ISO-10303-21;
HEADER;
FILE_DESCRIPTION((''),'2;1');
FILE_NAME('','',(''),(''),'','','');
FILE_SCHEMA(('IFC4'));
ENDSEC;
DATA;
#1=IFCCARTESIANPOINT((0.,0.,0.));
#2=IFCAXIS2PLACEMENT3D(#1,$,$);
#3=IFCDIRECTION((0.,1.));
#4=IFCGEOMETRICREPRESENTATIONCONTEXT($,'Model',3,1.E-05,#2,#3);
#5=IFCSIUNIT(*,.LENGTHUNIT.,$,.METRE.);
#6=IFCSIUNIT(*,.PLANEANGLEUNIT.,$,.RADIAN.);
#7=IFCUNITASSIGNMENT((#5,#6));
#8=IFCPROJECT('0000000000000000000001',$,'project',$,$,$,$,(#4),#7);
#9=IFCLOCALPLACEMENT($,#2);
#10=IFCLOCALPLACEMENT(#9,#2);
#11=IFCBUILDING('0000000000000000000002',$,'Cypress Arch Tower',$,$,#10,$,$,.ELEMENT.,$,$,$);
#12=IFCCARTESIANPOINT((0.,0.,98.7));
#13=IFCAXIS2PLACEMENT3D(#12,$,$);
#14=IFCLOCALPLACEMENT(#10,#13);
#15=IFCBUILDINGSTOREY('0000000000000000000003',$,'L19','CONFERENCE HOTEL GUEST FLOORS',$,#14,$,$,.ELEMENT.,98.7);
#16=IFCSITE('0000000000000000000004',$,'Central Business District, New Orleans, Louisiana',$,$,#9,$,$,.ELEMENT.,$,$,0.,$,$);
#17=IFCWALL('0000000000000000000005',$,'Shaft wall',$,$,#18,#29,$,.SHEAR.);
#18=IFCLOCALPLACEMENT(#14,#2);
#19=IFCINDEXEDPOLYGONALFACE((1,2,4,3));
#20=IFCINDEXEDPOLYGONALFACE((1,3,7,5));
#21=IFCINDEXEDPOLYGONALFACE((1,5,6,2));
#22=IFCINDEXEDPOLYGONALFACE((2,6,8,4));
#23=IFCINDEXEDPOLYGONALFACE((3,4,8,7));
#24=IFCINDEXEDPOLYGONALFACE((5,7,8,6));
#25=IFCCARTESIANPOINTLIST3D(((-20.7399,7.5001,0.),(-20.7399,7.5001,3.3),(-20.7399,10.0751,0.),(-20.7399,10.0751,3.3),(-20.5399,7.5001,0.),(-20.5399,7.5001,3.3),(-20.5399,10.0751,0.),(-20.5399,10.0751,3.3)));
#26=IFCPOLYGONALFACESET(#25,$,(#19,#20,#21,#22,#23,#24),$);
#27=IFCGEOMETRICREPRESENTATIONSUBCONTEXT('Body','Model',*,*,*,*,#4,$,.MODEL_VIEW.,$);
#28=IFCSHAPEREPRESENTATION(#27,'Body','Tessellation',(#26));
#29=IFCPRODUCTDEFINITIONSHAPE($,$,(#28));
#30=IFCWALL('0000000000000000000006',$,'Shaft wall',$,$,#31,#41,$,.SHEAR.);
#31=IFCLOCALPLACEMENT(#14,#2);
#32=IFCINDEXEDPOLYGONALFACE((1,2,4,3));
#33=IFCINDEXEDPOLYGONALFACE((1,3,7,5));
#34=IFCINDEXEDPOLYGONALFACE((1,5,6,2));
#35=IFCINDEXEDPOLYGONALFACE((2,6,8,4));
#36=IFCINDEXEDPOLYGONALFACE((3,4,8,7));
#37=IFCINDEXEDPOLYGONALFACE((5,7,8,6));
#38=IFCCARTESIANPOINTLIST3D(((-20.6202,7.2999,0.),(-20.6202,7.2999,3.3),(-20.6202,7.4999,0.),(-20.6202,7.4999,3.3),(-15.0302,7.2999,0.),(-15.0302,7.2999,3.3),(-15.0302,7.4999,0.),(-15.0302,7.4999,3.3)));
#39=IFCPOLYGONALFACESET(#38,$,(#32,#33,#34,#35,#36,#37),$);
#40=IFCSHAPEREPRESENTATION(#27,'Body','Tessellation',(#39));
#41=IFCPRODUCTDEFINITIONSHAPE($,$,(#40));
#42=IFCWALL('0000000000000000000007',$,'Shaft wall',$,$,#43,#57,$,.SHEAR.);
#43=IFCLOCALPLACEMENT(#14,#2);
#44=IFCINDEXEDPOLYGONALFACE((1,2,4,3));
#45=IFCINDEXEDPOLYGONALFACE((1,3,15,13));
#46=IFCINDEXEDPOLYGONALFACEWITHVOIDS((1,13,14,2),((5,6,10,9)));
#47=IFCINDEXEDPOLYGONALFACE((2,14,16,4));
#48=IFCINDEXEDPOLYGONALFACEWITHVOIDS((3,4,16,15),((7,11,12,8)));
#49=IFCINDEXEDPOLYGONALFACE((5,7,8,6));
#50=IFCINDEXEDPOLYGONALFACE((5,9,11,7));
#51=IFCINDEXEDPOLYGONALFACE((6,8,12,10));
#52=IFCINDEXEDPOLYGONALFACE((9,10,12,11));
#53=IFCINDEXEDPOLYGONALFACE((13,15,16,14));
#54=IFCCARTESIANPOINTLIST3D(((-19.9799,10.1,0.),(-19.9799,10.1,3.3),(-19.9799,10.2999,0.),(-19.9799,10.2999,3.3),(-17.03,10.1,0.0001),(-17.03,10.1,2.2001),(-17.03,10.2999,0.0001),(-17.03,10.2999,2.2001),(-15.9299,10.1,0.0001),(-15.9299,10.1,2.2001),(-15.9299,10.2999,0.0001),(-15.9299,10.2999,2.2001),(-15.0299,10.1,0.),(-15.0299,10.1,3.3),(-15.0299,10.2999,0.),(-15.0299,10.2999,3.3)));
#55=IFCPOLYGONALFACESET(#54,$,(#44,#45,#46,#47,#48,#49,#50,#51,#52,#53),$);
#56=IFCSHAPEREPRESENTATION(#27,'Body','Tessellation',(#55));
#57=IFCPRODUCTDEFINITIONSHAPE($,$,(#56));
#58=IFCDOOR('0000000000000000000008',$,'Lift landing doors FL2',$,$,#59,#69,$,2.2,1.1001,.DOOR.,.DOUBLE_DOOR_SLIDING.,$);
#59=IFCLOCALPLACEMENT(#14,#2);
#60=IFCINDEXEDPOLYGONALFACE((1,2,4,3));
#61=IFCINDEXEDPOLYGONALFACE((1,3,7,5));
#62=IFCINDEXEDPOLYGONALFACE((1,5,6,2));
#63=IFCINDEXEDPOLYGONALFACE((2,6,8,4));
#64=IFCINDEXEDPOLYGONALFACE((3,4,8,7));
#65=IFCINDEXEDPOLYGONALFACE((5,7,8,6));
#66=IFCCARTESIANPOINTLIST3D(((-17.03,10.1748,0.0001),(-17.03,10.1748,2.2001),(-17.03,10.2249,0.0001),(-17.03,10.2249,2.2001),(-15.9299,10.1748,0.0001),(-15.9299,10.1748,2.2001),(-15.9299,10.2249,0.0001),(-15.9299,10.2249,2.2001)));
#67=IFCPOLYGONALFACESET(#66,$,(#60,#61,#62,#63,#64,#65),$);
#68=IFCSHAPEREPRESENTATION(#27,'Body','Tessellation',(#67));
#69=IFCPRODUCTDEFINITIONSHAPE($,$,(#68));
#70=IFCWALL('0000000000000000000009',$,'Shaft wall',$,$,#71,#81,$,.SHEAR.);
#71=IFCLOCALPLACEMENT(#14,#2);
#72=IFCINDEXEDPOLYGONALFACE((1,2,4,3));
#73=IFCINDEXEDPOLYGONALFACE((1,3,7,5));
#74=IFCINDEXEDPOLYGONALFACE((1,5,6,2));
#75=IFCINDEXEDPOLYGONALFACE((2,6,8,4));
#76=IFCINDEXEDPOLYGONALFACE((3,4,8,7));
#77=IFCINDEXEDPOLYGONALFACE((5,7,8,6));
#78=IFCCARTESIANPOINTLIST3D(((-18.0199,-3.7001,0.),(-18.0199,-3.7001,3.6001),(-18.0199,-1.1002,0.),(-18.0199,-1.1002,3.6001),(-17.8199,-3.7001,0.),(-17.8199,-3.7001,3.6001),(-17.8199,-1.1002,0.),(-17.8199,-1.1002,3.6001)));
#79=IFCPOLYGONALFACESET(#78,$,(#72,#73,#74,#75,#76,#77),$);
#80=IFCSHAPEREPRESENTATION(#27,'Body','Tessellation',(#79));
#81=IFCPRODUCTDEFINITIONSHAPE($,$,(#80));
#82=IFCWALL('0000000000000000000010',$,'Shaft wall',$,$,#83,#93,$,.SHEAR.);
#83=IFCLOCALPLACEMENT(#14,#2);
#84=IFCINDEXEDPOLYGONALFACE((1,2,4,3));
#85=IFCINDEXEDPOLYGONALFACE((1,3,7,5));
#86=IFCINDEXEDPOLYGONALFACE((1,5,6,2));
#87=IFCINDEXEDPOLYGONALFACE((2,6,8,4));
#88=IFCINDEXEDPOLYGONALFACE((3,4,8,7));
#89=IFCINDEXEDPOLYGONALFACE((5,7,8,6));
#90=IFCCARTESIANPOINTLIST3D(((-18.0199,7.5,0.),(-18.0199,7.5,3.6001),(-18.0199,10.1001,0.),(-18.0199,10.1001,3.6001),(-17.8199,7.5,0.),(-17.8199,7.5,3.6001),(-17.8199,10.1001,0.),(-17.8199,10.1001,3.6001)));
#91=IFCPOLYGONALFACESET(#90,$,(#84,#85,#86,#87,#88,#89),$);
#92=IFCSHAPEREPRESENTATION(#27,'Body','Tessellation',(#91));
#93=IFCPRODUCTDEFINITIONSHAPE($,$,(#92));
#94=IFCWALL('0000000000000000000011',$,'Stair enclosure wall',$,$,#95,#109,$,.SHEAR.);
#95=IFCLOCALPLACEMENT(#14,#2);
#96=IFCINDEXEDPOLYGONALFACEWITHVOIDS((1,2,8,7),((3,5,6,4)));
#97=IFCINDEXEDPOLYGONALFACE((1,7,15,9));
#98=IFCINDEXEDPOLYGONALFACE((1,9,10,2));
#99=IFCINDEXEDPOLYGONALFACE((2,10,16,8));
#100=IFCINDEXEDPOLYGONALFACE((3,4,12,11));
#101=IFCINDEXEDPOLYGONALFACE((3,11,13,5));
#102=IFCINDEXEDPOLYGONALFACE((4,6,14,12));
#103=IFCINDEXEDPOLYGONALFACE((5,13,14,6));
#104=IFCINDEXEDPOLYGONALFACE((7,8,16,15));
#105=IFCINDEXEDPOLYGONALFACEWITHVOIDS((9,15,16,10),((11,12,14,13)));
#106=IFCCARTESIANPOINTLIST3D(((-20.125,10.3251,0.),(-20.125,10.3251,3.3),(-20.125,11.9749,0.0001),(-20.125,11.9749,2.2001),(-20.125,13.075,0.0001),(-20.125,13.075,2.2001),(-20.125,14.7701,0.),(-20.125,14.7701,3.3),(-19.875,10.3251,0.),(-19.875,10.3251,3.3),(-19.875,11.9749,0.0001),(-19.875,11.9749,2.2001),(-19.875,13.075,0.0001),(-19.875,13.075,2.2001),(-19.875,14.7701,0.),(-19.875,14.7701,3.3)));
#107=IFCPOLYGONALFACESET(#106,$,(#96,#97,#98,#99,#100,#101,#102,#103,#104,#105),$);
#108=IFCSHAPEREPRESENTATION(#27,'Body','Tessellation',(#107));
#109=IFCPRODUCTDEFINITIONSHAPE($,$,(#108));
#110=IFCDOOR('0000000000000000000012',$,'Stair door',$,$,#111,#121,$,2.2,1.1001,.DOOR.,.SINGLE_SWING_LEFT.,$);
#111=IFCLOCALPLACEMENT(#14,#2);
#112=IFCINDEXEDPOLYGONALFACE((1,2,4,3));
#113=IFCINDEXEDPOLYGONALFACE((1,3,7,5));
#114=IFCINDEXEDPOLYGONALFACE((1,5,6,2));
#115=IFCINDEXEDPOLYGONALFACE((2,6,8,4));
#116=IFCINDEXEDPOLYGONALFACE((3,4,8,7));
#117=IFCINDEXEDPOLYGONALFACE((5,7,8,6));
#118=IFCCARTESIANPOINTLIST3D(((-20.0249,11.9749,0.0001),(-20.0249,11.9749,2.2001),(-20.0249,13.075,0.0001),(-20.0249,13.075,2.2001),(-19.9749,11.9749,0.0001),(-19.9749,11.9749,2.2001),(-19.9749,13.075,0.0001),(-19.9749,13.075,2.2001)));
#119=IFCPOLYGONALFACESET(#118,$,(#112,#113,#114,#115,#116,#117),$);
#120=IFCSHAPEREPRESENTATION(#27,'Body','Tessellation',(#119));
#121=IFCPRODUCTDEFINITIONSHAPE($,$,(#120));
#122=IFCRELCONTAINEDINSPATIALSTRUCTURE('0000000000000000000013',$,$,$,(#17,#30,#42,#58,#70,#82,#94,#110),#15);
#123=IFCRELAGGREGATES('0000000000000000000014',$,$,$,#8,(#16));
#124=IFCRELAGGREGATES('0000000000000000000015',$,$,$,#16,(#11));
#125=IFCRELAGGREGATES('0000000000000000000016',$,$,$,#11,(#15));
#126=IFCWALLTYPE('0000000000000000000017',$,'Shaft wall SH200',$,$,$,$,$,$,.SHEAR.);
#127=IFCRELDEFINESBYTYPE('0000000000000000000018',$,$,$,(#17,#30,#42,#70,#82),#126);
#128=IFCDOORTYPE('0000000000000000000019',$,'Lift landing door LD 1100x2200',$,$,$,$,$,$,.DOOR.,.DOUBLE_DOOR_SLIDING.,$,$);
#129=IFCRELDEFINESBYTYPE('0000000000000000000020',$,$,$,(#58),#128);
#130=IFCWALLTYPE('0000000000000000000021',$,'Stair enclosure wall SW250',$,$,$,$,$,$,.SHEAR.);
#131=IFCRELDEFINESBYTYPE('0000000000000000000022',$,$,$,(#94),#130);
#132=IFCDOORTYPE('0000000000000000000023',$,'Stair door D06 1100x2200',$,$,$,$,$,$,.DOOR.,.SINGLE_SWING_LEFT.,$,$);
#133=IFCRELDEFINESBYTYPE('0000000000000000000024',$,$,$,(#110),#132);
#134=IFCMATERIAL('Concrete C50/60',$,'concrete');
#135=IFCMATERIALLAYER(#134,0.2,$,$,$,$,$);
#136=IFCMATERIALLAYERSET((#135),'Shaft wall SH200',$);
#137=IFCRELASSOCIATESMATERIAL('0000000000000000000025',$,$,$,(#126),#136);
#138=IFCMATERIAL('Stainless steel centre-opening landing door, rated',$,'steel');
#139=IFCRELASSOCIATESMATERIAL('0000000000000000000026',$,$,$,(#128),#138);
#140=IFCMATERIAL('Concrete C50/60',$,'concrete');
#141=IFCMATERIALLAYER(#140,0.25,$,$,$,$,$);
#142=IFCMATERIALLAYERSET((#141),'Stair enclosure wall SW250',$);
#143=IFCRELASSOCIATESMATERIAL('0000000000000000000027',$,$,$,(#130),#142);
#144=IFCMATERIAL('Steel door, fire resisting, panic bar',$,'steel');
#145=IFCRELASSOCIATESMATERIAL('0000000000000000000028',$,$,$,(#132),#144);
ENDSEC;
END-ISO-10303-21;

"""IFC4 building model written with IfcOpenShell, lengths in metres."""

from ifc_helpers import new_model, si_unit, direction, frame, frame_2d, origin, place, context, subcontext, project, spatial, rectangle, extrude, material, layer, layer_set, type_object, element, fill, save


model = new_model("IFC4")

# Units and contexts
model_context = context("Model", 3, precision=1e-05, world=origin(), true_north=direction((0.0, 1.0)))
body_context = subcontext(model_context, "Body", "Model", "MODEL_VIEW")
ifc_project = project(units=[si_unit("LENGTHUNIT", "METRE"), si_unit("PLANEANGLEUNIT", "RADIAN")], contexts=[model_context])

# Site, building, storey
site_placement = place(None, origin())
site = spatial("IfcSite", under=ifc_project, at=site_placement, Name="Central Business District, New Orleans, Louisiana", CompositionType="ELEMENT", RefElevation=0.0)
building_placement = place(site_placement, origin())
building = spatial("IfcBuilding", under=site, at=building_placement, Name="Cypress Arch Tower", CompositionType="ELEMENT")
storey_placement = place(building_placement, frame((0.0, 0.0, 98.7)))
storey = spatial("IfcBuildingStorey", under=building, at=storey_placement, Name="L19", Description="CONFERENCE HOTEL GUEST FLOORS", CompositionType="ELEMENT", Elevation=98.7)

# Walls
ifc_material_1 = material(Name="Concrete C50/60", Category="concrete")
ifc_layer_1 = layer(ifc_material_1, 0.2)
ifc_layer_set_1 = layer_set([ifc_layer_1], Name="Shaft wall SH200")
wall_type_1 = type_object("IfcWallType", Name="Shaft wall SH200", PredefinedType="SHEAR", material=ifc_layer_set_1)
wall_1_placement = place(storey_placement, frame((-20.6399, 7.5, 0.0), z_axis=(0.0, 0.0, 1.0), x_axis=(0.0, 1.0, 0.0)))
element("IfcWall", 1, at=wall_1_placement, inside=storey, type_object=wall_type_1, Name="Shaft wall", PredefinedType="SHEAR", context=body_context, shape_type="SweptSolid", body=[
    extrude(rectangle(XDim=2.575, YDim=0.2, at=frame_2d((1.2876, 0.0))), origin(), (0.0, 0.0, 1.0), 3.3),
])
wall_2_placement = place(storey_placement, frame((-20.6201, 7.3999, 0.0), z_axis=(0.0, 0.0, 1.0), x_axis=(1.0, 0.0, 0.0)))
element("IfcWall", 2, at=wall_2_placement, inside=storey, type_object=wall_type_1, Name="Shaft wall", PredefinedType="SHEAR", context=body_context, shape_type="SweptSolid", body=[
    extrude(rectangle(XDim=5.5901, YDim=0.2, at=frame_2d((2.7949, 0.0))), origin(), (0.0, 0.0, 1.0), 3.3),
])

# Wall, opening, door
wall_3_placement = place(storey_placement, frame((-19.98, 10.2, 0.0), z_axis=(0.0, 0.0, 1.0), x_axis=(1.0, 0.0, 0.0)))
wall_3 = element("IfcWall", 3, at=wall_3_placement, inside=storey, type_object=wall_type_1, Name="Shaft wall", PredefinedType="SHEAR", context=body_context, shape_type="SweptSolid", body=[
    extrude(rectangle(XDim=4.95, YDim=0.2, at=frame_2d((2.4751, 0.0))), origin(), (0.0, 0.0, 1.0), 3.3),
])
opening_1_placement = place(wall_3_placement, frame((2.95, 0.0, 0.0)))
opening_1 = element("IfcOpeningElement", 4, at=opening_1_placement, cuts=wall_3, PredefinedType="OPENING", context=body_context, shape_type="SweptSolid", body=[
    extrude(rectangle(XDim=1.1001, YDim=2.2, at=frame_2d((0.55, 1.1001))), frame((0.0, 0.1099, 0.0), z_axis=(0.0, -1.0, 0.0), x_axis=(1.0, 0.0, 0.0)), (0.0, 0.0, 1.0), 0.22),
])
ifc_material_2 = material(Name="Stainless steel centre-opening landing door, rated", Category="steel")
door_type_1 = type_object("IfcDoorType", Name="Lift landing door LD 1100x2200", OperationType="DOUBLE_DOOR_SLIDING", PredefinedType="DOOR", material=ifc_material_2)
door_1_placement = place(opening_1_placement, origin())
door_1 = element("IfcDoor", 5, at=door_1_placement, inside=storey, type_object=door_type_1, Name="Lift landing doors FL2", OperationType="DOUBLE_DOOR_SLIDING", OverallHeight=2.2, OverallWidth=1.1001, PredefinedType="DOOR", context=body_context, shape_type="SweptSolid", body=[
    extrude(rectangle(XDim=1.1001, YDim=2.2, at=frame_2d((0.55, 1.1001))), frame((0.0, 0.0249, 0.0), z_axis=(0.0, -1.0, 0.0), x_axis=(1.0, 0.0, 0.0)), (0.0, 0.0, 1.0), 0.05),
])
fill(opening_1, door_1)

# Walls
wall_4_placement = place(storey_placement, frame((-17.9199, -3.7, 0.0), z_axis=(0.0, 0.0, 1.0), x_axis=(0.0, 1.0, 0.0)))
element("IfcWall", 6, at=wall_4_placement, inside=storey, type_object=wall_type_1, Name="Shaft wall", PredefinedType="SHEAR", context=body_context, shape_type="SweptSolid", body=[
    extrude(rectangle(XDim=2.5999, YDim=0.2, at=frame_2d((1.2998, 0.0))), origin(), (0.0, 0.0, 1.0), 3.6001),
])
wall_5_placement = place(storey_placement, frame((-17.9199, 7.5, 0.0), z_axis=(0.0, 0.0, 1.0), x_axis=(0.0, 1.0, 0.0)))
element("IfcWall", 7, at=wall_5_placement, inside=storey, type_object=wall_type_1, Name="Shaft wall", PredefinedType="SHEAR", context=body_context, shape_type="SweptSolid", body=[
    extrude(rectangle(XDim=2.6001, YDim=0.2, at=frame_2d((1.3, 0.0))), origin(), (0.0, 0.0, 1.0), 3.6001),
])

# Wall, opening, door
ifc_material_3 = material(Name="Concrete C50/60", Category="concrete")
ifc_layer_2 = layer(ifc_material_3, 0.25)
ifc_layer_set_2 = layer_set([ifc_layer_2], Name="Stair enclosure wall SW250")
wall_type_2 = type_object("IfcWallType", Name="Stair enclosure wall SW250", PredefinedType="SHEAR", material=ifc_layer_set_2)
wall_6_placement = place(storey_placement, frame((-20.0, 10.325, 0.0), z_axis=(0.0, 0.0, 1.0), x_axis=(0.0, 1.0, 0.0)))
wall_6 = element("IfcWall", 8, at=wall_6_placement, inside=storey, type_object=wall_type_2, Name="Stair enclosure wall", PredefinedType="SHEAR", context=body_context, shape_type="SweptSolid", body=[
    extrude(rectangle(XDim=4.4451, YDim=0.25, at=frame_2d((2.2227, 0.0))), origin(), (0.0, 0.0, 1.0), 3.3),
])
opening_2_placement = place(wall_6_placement, frame((1.6499, 0.0, 0.0)))
opening_2 = element("IfcOpeningElement", 9, at=opening_2_placement, cuts=wall_6, PredefinedType="OPENING", context=body_context, shape_type="SweptSolid", body=[
    extrude(rectangle(XDim=1.1001, YDim=2.2, at=frame_2d((0.55, 1.1001))), frame((0.0, 0.135, 0.0), z_axis=(0.0, -1.0, 0.0), x_axis=(1.0, 0.0, 0.0)), (0.0, 0.0, 1.0), 0.27),
])
ifc_material_4 = material(Name="Steel door, fire resisting, panic bar", Category="steel")
door_type_2 = type_object("IfcDoorType", Name="Stair door D06 1100x2200", OperationType="SINGLE_SWING_LEFT", PredefinedType="DOOR", material=ifc_material_4)
door_2_placement = place(opening_2_placement, origin())
door_2 = element("IfcDoor", 10, at=door_2_placement, inside=storey, type_object=door_type_2, Name="Stair door", OperationType="SINGLE_SWING_LEFT", OverallHeight=2.2, OverallWidth=1.1001, PredefinedType="DOOR", context=body_context, shape_type="SweptSolid", body=[
    extrude(rectangle(XDim=1.1001, YDim=2.2, at=frame_2d((0.55, 1.1001))), frame((0.0, 0.0249, 0.0), z_axis=(0.0, -1.0, 0.0), x_axis=(1.0, 0.0, 0.0)), (0.0, 0.0, 1.0), 0.05),
])
fill(opening_2, door_2)

save(model, "model.ifc")
